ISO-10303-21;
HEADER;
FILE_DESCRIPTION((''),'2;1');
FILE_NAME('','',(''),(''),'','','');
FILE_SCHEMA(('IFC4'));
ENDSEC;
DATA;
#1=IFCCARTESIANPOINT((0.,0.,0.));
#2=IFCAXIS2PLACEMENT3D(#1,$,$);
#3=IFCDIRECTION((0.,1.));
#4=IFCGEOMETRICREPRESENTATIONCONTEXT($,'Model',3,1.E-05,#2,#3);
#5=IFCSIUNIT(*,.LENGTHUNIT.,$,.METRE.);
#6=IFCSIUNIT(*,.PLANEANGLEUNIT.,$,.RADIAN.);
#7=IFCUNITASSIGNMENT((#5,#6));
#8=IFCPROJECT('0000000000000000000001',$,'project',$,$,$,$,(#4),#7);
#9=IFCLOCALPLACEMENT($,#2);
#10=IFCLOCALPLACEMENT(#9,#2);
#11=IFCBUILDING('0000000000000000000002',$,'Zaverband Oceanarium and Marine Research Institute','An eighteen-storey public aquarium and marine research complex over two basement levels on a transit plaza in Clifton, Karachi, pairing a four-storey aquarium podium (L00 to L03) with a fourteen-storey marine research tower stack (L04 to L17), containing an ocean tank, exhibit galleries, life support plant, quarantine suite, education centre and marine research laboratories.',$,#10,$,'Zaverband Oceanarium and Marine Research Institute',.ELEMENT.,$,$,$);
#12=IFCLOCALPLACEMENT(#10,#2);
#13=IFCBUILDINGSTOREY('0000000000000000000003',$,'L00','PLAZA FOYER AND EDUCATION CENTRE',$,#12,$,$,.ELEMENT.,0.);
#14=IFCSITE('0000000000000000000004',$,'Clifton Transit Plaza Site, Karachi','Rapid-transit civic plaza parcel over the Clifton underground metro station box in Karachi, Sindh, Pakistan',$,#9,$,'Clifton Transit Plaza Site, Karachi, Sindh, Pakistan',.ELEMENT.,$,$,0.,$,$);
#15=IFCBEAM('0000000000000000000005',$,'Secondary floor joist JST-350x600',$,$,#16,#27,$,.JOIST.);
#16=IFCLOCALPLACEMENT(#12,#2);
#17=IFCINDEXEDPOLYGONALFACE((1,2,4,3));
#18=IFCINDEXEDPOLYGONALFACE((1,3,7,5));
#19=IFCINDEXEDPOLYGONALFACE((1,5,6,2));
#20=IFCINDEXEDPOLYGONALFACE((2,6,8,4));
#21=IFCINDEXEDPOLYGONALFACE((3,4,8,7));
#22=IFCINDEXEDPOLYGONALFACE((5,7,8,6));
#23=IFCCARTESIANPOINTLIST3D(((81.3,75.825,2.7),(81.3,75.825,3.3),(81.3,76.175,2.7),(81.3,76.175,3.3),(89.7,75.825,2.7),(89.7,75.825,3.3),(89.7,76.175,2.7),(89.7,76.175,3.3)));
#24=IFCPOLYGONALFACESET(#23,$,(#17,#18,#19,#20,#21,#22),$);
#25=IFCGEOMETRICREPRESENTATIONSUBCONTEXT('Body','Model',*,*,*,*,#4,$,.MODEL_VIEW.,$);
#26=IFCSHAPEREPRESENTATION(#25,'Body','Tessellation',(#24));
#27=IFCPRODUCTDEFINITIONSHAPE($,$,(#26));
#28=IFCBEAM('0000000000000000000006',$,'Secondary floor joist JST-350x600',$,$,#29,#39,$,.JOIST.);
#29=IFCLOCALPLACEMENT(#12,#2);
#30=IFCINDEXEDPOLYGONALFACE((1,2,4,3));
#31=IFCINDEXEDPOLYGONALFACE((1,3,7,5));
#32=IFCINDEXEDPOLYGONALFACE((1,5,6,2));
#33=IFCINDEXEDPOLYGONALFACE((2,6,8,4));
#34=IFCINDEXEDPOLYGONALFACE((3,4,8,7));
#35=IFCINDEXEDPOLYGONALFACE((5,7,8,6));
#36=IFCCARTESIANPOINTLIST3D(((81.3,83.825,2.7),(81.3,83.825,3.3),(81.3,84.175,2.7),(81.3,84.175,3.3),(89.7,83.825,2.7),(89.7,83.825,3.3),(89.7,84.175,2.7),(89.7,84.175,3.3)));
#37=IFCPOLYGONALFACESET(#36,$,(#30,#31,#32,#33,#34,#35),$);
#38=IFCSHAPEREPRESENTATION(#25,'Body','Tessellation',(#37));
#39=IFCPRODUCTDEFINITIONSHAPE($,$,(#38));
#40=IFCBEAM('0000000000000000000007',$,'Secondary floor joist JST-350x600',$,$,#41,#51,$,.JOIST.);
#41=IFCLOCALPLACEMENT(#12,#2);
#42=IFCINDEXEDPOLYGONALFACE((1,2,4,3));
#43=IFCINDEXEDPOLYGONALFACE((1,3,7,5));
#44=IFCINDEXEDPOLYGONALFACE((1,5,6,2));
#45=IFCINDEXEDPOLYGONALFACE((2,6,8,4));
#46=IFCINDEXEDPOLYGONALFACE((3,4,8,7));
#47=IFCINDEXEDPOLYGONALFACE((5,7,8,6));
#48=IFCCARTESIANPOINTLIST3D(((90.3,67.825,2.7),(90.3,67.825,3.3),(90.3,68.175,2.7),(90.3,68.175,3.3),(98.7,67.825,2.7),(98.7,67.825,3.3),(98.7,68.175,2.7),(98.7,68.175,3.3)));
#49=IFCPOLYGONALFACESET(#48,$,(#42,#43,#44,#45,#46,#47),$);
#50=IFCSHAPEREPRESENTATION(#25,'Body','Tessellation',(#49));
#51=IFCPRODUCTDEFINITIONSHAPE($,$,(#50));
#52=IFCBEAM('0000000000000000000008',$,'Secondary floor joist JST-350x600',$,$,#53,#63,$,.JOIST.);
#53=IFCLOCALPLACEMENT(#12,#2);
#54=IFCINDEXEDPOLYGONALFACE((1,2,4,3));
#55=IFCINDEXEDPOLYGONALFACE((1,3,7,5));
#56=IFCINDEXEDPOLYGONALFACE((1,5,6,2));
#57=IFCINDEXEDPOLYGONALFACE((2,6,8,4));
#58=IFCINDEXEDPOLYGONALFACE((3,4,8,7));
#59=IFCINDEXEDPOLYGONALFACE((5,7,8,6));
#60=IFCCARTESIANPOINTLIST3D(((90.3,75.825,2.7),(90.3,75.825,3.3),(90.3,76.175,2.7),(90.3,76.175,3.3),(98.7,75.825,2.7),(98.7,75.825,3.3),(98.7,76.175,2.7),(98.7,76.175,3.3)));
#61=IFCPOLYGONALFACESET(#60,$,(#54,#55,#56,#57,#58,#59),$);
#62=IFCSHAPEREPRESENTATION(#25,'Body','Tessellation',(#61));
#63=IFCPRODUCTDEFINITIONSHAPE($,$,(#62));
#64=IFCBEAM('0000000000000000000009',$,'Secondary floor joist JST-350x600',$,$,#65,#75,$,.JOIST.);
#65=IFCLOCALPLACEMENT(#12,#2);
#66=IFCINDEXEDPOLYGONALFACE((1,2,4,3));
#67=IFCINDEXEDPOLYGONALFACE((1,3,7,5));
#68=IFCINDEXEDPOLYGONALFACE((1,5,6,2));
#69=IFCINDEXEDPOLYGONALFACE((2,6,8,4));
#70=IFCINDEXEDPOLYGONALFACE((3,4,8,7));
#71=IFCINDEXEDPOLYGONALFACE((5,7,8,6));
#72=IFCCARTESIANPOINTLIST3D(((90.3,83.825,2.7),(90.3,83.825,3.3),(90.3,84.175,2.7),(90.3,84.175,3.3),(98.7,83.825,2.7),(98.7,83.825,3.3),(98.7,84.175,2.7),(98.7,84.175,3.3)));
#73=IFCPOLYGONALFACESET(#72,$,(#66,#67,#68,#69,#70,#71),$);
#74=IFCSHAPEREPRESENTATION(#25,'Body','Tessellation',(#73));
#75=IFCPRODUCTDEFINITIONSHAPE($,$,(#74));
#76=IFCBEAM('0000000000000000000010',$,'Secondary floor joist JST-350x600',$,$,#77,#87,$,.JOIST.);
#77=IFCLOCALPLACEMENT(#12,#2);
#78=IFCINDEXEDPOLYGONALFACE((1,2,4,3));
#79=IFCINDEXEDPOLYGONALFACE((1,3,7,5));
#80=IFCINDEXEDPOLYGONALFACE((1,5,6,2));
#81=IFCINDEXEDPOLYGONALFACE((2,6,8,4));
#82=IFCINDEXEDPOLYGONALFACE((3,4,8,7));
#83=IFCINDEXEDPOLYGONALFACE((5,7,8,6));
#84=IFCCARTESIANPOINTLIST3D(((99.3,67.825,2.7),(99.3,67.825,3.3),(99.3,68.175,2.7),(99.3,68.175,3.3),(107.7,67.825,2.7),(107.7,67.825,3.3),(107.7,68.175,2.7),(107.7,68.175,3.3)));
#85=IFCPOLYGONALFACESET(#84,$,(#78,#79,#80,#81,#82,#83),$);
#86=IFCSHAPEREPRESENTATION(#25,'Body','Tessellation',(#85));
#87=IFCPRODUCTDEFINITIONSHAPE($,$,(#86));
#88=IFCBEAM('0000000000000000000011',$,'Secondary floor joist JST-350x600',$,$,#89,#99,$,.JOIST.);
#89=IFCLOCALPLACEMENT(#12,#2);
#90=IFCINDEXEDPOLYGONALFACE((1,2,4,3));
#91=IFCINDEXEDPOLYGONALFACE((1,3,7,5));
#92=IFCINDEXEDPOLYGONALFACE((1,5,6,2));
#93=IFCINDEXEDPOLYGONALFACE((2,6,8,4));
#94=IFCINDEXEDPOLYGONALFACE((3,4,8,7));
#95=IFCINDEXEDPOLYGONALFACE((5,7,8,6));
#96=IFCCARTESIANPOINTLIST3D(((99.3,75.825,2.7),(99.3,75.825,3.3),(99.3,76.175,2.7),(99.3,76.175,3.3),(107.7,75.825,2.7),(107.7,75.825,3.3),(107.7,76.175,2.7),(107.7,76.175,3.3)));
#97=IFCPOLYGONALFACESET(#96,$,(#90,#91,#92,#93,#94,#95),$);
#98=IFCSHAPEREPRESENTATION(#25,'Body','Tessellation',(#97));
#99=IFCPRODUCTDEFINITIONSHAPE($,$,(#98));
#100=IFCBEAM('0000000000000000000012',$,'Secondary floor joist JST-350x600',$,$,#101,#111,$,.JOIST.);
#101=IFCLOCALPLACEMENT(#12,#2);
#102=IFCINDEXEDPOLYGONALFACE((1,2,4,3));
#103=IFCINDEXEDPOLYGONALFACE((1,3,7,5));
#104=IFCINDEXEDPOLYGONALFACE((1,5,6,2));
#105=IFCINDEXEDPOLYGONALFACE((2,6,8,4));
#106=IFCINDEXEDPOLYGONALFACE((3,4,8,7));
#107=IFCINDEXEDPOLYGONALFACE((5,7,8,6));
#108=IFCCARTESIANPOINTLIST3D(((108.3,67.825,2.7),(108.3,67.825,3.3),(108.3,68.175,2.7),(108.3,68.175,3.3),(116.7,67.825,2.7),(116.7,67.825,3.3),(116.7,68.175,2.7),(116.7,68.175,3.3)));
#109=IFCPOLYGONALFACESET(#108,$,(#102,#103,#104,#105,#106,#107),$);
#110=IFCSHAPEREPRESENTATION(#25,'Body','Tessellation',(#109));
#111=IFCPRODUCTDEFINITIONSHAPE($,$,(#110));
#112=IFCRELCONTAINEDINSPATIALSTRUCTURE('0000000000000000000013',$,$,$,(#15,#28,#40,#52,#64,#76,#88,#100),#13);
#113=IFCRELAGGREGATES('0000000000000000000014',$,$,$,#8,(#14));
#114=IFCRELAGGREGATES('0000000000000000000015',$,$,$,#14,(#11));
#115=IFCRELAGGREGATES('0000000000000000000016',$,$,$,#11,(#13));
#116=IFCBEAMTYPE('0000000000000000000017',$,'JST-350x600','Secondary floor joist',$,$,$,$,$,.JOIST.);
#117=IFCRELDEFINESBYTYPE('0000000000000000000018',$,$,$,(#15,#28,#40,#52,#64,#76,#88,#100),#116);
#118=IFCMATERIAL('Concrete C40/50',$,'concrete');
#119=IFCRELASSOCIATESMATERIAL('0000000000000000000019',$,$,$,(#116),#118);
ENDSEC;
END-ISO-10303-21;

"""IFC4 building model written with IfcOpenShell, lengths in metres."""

from ifc_helpers import new_model, si_unit, direction, frame, origin, origin_2d, place, context, subcontext, project, spatial, rectangle, extrude, material, material_profile, profile_set, type_object, element, save


model = new_model("IFC4")

# Units and contexts
model_context = context("Model", 3, precision=1e-05, world=origin(), true_north=direction((0.0, 1.0)))
body_context = subcontext(model_context, "Body", "Model", "MODEL_VIEW")
ifc_project = project(units=[si_unit("LENGTHUNIT", "METRE"), si_unit("PLANEANGLEUNIT", "RADIAN")], contexts=[model_context])

# Site, building, storey
site_placement = place(None, origin())
site = spatial("IfcSite", under=ifc_project, at=site_placement, Name="Clifton Transit Plaza Site, Karachi", Description="Rapid-transit civic plaza parcel over the Clifton underground metro station box in Karachi, Sindh, Pakistan", LongName="Clifton Transit Plaza Site, Karachi, Sindh, Pakistan", CompositionType="ELEMENT", RefElevation=0.0)
building_placement = place(site_placement, origin())
building = spatial("IfcBuilding", under=site, at=building_placement, Name="Zaverband Oceanarium and Marine Research Institute", Description="An eighteen-storey public aquarium and marine research complex over two basement levels on a transit plaza in Clifton, Karachi, pairing a four-storey aquarium podium (L00 to L03) with a fourteen-storey marine research tower stack (L04 to L17), containing an ocean tank, exhibit galleries, life support plant, quarantine suite, education centre and marine research laboratories.", LongName="Zaverband Oceanarium and Marine Research Institute", CompositionType="ELEMENT")
storey_placement = place(building_placement, origin())
storey = spatial("IfcBuildingStorey", under=building, at=storey_placement, Name="L00", Description="PLAZA FOYER AND EDUCATION CENTRE", CompositionType="ELEMENT", Elevation=0.0)

# Beams
ifc_material_1 = material(Name="Concrete C40/50", Category="concrete")
ifc_material_profile_1 = material_profile(ifc_material_1, rectangle(XDim=0.3501, YDim=0.6001, at=origin_2d()), Name="RC350x600")
ifc_profile_set_1 = profile_set([ifc_material_profile_1], Name="Concrete C40/50")
beam_type_1 = type_object("IfcBeamType", Name="JST-350x600", Description="Secondary floor joist", PredefinedType="JOIST", material=ifc_profile_set_1)
for number, where, z_axis, x_axis, name in (
    (1, (81.3, 76.0, 3.0), (1.0, 0.0, 0.0), (0.0, 1.0, 0.0), "Secondary floor joist JST-350x600"),
    (2, (81.3, 84.0, 3.0), (1.0, 0.0, 0.0), (0.0, 1.0, 0.0), "Secondary floor joist JST-350x600"),
    (3, (90.3, 68.0, 3.0), (1.0, 0.0, 0.0), (0.0, 1.0, 0.0), "Secondary floor joist JST-350x600"),
    (4, (90.3, 76.0, 3.0), (1.0, 0.0, 0.0), (0.0, 1.0, 0.0), "Secondary floor joist JST-350x600"),
    (5, (90.3, 84.0, 3.0), (1.0, 0.0, 0.0), (0.0, 1.0, 0.0), "Secondary floor joist JST-350x600"),
    (6, (99.3, 68.0, 3.0), (1.0, 0.0, 0.0), (0.0, 1.0, 0.0), "Secondary floor joist JST-350x600"),
    (7, (99.3, 76.0, 3.0), (1.0, 0.0, 0.0), (0.0, 1.0, 0.0), "Secondary floor joist JST-350x600"),
    (8, (108.3, 68.0, 3.0), (1.0, 0.0, 0.0), (0.0, 1.0, 0.0), "Secondary floor joist JST-350x600"),
):
    element("IfcBeam", number, at=place(storey_placement, frame(where, z_axis=z_axis, x_axis=x_axis)), inside=storey, type_object=beam_type_1, Name=name, PredefinedType="JOIST", context=body_context, shape_type="SweptSolid", body=[
        extrude(rectangle(XDim=0.3501, YDim=0.6001, at=origin_2d()), origin(), (0.0, 0.0, 1.0), 8.3999),
    ])

save(model, "model.ifc")
